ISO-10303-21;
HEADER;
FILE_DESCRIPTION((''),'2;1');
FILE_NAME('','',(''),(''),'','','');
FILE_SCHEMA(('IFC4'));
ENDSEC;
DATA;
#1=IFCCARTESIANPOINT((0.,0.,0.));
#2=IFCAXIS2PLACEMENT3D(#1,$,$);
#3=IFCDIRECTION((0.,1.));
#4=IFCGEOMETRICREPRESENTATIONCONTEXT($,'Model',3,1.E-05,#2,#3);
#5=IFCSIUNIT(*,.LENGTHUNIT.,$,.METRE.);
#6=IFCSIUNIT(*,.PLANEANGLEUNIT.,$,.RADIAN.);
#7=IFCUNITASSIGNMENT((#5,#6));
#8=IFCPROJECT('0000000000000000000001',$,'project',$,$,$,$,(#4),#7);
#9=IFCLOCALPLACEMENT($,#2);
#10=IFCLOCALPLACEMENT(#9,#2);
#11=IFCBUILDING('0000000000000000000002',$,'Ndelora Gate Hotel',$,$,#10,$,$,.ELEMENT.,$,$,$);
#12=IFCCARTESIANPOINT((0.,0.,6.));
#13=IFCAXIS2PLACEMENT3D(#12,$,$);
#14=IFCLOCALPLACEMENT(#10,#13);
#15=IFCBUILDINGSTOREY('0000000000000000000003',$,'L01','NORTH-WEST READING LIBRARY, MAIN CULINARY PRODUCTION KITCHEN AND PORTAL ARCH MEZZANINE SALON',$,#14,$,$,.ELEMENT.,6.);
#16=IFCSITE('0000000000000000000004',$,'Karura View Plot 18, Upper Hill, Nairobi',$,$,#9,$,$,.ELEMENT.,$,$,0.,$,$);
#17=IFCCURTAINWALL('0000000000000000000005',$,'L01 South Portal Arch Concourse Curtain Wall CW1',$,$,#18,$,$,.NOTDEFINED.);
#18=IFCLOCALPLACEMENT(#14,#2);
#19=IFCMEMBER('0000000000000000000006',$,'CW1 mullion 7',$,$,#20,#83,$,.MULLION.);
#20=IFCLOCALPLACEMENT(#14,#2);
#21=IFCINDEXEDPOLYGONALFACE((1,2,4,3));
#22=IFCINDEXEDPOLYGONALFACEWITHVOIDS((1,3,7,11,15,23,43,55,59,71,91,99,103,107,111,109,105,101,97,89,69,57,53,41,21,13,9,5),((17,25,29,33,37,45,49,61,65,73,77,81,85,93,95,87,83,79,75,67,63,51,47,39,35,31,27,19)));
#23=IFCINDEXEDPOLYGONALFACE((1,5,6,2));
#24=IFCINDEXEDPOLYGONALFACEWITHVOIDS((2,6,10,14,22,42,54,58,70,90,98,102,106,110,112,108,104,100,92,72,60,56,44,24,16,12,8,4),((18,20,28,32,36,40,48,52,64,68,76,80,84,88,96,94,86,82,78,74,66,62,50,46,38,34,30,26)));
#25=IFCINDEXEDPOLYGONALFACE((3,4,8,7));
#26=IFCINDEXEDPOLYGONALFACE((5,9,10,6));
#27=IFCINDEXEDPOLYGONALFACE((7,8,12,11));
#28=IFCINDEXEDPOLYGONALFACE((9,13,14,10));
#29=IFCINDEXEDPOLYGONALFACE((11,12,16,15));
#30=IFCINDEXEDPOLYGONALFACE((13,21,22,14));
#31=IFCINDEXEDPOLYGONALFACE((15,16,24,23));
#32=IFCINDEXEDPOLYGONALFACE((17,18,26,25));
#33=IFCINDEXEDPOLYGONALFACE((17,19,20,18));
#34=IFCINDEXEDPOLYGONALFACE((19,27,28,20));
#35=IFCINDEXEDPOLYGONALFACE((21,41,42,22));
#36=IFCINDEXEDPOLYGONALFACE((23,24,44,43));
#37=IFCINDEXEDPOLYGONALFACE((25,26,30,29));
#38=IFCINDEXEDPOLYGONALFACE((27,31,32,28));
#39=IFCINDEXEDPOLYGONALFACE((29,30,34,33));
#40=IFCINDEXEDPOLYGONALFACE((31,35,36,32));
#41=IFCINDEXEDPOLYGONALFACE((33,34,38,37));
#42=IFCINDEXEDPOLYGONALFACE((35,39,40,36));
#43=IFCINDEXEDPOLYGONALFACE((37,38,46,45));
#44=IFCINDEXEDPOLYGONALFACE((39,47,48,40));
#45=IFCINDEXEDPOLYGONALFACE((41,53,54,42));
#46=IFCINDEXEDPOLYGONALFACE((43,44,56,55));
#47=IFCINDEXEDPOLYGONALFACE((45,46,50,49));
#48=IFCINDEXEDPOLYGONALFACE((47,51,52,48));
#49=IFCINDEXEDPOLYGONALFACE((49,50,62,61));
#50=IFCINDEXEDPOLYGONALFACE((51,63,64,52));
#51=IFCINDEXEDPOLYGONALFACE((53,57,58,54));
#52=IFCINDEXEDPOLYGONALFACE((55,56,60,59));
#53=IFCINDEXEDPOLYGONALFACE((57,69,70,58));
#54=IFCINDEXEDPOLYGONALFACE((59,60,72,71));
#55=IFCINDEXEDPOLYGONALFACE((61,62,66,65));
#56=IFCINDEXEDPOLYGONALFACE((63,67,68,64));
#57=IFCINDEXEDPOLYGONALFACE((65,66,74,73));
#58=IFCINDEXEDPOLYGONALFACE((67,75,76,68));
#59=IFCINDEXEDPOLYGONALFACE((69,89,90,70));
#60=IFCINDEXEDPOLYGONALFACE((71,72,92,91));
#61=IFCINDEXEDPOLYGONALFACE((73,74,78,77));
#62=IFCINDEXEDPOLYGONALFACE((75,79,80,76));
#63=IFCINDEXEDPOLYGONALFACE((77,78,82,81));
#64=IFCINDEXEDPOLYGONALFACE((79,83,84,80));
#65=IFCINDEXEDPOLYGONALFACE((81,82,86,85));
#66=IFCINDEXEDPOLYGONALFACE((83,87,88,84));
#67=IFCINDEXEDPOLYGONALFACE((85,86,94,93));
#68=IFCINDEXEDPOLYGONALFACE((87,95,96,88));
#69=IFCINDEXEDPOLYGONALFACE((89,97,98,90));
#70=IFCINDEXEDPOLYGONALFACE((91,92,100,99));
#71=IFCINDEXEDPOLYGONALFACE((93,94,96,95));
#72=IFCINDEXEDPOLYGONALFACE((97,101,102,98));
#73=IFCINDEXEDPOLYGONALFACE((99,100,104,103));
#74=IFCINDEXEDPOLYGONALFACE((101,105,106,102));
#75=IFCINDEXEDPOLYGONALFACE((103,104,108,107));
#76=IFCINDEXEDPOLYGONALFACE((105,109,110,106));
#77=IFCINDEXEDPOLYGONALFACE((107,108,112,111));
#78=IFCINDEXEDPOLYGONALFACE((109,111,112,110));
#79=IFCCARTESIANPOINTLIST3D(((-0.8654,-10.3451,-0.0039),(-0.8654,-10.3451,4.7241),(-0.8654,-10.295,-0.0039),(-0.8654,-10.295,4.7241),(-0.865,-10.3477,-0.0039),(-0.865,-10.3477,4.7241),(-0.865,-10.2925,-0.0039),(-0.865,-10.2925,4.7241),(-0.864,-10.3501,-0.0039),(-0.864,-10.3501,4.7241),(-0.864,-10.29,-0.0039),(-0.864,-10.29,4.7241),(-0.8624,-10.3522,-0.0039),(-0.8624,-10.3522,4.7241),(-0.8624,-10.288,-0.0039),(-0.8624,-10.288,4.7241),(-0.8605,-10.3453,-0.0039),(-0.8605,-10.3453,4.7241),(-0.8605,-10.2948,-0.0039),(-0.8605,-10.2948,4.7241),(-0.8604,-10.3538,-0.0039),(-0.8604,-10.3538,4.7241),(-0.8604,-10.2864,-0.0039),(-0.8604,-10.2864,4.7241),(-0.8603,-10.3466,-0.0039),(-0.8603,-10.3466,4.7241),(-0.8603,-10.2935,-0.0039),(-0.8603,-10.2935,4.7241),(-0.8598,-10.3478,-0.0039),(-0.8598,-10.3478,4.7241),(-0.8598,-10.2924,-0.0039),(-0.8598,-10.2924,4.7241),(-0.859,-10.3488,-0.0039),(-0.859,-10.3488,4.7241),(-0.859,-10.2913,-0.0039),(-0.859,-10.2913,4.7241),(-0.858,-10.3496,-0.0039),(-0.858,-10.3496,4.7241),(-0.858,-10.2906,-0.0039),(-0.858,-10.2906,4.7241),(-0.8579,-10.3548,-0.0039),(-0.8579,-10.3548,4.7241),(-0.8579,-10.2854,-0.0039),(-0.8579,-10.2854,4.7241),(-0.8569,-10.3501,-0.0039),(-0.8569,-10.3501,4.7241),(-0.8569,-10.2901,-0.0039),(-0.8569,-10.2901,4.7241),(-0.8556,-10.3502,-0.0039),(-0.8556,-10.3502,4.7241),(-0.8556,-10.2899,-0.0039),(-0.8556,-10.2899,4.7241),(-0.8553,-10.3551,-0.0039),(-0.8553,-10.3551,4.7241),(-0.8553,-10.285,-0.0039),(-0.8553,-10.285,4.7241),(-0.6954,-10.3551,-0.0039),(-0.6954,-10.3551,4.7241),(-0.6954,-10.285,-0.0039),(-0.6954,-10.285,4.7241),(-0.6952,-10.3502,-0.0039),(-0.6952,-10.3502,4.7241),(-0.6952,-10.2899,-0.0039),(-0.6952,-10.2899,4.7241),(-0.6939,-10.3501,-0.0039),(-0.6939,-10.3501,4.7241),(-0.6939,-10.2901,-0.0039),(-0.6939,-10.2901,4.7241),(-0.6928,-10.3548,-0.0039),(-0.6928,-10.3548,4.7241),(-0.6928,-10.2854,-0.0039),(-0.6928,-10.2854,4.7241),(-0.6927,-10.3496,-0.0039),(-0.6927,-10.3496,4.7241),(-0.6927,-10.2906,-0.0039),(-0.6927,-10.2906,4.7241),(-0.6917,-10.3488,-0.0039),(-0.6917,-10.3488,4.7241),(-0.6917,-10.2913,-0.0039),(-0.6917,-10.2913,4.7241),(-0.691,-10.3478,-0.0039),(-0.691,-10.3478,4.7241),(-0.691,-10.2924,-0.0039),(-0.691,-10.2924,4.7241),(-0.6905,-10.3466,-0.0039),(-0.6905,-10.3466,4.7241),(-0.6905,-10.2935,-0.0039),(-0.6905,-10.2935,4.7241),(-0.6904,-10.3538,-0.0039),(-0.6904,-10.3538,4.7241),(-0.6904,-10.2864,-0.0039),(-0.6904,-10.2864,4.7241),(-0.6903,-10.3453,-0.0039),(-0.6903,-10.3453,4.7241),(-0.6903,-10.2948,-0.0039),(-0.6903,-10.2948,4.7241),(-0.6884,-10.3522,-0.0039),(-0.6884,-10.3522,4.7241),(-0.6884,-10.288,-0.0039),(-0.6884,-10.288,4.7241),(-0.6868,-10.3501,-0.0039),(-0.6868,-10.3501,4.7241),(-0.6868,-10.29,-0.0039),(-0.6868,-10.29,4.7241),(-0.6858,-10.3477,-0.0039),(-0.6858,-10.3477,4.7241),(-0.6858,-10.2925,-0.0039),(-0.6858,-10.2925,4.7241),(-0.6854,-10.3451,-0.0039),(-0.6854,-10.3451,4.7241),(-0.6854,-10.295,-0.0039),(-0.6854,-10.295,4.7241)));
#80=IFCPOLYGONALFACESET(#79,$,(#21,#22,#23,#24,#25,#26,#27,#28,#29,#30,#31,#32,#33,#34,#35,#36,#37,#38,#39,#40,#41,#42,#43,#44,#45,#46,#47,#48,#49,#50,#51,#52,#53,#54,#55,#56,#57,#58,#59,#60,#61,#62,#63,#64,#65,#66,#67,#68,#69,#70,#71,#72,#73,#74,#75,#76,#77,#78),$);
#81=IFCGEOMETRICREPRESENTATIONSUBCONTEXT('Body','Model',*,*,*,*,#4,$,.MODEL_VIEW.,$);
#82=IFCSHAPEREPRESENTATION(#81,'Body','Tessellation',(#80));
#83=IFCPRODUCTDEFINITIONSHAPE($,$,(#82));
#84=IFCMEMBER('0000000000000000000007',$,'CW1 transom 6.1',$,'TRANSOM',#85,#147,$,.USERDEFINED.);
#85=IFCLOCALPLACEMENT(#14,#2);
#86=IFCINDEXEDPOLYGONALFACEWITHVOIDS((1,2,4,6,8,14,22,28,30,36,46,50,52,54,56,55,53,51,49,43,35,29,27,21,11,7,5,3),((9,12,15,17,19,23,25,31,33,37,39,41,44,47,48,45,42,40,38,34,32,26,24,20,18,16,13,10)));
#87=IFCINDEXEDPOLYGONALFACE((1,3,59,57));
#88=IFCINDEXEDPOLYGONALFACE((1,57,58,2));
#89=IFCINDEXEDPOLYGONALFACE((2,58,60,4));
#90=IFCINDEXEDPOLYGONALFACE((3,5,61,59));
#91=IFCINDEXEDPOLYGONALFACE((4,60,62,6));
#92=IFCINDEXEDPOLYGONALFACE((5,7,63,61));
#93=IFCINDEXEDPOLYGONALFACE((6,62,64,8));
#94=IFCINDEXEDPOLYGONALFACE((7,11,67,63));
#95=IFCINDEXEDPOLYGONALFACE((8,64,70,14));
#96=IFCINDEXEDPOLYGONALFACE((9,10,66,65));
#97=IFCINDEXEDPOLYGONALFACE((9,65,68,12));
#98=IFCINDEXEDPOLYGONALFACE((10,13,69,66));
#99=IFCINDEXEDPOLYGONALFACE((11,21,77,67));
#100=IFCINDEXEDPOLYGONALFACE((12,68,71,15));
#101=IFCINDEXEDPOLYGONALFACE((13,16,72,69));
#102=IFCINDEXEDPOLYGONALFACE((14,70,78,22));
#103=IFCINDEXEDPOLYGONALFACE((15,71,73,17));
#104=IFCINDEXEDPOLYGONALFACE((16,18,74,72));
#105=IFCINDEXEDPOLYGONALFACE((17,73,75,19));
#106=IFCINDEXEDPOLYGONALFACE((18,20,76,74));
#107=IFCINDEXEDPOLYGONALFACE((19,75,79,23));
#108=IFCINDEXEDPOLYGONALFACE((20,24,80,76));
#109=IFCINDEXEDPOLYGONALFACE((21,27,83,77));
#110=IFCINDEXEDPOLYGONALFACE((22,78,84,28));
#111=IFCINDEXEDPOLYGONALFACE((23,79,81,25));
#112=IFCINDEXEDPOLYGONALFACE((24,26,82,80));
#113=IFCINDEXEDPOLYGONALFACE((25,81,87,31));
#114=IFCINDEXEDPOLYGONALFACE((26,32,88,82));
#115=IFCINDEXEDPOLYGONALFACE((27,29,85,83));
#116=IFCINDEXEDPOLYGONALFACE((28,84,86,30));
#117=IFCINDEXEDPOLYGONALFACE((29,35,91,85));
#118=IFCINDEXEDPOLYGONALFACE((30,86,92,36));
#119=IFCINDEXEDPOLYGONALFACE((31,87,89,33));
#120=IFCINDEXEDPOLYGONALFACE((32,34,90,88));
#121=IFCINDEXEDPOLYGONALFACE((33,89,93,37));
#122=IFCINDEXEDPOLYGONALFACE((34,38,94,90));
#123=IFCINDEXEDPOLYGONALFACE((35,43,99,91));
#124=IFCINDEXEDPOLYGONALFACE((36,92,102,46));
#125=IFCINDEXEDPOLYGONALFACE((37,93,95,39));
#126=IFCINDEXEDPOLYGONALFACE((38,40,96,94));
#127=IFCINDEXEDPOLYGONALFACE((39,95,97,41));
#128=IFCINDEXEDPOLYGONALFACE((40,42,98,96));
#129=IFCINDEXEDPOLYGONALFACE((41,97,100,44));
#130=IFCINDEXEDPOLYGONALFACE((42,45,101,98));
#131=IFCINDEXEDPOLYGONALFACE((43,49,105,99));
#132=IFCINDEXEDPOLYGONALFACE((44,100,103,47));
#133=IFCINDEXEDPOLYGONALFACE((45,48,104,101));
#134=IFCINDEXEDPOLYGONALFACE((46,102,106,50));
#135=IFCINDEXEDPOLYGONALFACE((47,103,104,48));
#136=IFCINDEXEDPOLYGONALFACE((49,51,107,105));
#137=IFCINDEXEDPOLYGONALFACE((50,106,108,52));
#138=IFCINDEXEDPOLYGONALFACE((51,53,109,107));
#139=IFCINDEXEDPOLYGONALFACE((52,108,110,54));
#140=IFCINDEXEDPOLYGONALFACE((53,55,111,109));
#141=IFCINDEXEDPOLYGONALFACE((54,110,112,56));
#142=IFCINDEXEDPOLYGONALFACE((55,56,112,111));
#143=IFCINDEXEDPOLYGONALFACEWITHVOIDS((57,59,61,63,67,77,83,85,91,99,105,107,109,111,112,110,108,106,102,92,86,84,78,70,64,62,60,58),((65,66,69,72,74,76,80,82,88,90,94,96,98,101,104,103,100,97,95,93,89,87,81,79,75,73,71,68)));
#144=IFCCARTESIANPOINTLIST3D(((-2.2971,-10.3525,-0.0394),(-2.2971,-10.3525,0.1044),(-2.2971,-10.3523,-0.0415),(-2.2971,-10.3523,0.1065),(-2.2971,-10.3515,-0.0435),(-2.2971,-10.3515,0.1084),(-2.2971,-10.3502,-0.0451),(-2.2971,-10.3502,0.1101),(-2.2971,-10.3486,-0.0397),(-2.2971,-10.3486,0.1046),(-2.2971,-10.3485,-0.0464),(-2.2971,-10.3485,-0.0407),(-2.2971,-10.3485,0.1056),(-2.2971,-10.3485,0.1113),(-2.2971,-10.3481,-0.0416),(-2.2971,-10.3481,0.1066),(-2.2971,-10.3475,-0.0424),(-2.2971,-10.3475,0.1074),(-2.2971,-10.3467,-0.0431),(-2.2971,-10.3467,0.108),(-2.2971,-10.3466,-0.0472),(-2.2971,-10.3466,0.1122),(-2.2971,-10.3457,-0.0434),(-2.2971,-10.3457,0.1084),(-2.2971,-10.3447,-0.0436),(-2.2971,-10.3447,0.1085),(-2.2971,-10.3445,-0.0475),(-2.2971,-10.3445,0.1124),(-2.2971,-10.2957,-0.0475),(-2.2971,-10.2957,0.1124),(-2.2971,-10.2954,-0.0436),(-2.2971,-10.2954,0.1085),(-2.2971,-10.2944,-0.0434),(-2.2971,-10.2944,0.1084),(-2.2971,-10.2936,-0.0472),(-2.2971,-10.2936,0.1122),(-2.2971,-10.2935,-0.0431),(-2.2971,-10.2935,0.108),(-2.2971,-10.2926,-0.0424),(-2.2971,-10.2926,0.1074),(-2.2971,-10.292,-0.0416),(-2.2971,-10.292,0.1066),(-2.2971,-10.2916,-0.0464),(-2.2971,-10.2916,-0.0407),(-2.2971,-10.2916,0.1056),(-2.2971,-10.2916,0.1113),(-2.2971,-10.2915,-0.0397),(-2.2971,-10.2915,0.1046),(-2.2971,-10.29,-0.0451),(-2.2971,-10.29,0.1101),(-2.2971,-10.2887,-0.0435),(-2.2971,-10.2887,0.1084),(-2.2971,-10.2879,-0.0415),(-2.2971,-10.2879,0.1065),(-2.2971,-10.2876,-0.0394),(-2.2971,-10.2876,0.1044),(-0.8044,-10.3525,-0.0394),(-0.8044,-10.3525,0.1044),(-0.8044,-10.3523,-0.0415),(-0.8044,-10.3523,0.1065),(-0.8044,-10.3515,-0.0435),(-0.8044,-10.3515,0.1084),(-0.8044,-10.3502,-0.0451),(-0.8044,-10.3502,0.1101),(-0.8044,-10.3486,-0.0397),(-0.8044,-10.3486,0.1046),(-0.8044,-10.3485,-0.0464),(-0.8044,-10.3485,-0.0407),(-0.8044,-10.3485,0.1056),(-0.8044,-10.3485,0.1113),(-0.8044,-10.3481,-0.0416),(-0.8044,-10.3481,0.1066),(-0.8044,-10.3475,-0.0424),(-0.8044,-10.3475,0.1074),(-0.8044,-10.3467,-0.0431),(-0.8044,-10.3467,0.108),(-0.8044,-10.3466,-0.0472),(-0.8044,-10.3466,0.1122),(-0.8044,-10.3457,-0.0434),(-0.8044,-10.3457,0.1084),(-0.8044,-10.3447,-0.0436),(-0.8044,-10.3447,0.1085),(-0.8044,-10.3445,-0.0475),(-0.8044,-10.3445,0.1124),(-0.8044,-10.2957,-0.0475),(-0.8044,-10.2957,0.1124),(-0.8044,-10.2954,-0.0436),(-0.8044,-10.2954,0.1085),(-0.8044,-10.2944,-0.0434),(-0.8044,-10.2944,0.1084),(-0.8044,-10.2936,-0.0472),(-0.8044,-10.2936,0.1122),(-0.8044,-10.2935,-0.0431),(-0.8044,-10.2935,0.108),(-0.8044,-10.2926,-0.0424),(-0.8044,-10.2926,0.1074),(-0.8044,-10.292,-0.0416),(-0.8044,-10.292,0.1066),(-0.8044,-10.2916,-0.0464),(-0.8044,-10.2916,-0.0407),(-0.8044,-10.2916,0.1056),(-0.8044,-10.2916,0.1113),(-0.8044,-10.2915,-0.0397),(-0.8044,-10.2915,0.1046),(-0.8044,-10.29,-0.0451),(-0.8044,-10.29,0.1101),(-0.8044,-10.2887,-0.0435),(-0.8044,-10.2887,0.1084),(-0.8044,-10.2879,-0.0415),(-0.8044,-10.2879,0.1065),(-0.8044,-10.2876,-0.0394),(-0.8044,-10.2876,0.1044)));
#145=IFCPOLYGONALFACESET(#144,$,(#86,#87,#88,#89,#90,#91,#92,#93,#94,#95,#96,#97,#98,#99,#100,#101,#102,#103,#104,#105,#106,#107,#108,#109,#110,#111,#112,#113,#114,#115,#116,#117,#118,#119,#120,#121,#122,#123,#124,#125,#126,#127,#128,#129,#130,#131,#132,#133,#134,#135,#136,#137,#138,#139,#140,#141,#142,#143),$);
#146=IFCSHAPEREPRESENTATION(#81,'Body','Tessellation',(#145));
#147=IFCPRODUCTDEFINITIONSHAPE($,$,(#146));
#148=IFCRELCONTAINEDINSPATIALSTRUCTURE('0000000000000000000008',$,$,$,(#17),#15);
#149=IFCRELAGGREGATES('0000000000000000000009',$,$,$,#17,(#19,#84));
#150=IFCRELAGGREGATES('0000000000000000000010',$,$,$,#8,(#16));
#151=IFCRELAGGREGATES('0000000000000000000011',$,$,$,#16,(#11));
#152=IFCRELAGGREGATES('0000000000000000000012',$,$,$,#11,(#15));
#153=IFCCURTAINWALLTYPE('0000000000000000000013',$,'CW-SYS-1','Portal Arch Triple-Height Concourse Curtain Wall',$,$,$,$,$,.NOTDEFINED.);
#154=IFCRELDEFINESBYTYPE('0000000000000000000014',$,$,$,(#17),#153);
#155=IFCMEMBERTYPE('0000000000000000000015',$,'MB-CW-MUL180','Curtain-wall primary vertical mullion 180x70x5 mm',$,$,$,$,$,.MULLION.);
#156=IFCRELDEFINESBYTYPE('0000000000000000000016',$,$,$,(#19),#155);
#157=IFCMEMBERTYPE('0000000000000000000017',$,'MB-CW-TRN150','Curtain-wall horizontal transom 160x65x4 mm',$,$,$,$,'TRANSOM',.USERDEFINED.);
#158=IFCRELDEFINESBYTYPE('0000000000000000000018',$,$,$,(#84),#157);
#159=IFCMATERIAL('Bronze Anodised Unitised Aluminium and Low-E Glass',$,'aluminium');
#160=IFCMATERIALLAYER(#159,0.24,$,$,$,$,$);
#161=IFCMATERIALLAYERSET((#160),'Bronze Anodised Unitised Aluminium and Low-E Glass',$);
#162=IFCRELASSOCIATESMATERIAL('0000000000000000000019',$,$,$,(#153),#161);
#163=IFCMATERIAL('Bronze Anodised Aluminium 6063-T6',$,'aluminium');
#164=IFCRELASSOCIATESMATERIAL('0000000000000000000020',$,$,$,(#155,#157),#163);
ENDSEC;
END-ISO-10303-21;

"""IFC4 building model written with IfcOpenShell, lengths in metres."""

from ifc_helpers import new_model, si_unit, direction, frame, origin, origin_2d, place, context, subcontext, project, spatial, hollow_rectangle, extrude, material, layer, layer_set, material_profile, profile_set, type_object, element, aggregate, save


model = new_model("IFC4")

# Units and contexts
model_context = context("Model", 3, precision=1e-05, world=origin(), true_north=direction((0.0, 1.0)))
body_context = subcontext(model_context, "Body", "Model", "MODEL_VIEW")
ifc_project = project(units=[si_unit("LENGTHUNIT", "METRE"), si_unit("PLANEANGLEUNIT", "RADIAN")], contexts=[model_context])

# Site, building, storey
site_placement = place(None, origin())
site = spatial("IfcSite", under=ifc_project, at=site_placement, Name="Karura View Plot 18, Upper Hill, Nairobi", CompositionType="ELEMENT", RefElevation=0.0)
building_placement = place(site_placement, origin())
building = spatial("IfcBuilding", under=site, at=building_placement, Name="Ndelora Gate Hotel", CompositionType="ELEMENT")
storey_placement = place(building_placement, frame((0.0, 0.0, 6.0)))
storey = spatial("IfcBuildingStorey", under=building, at=storey_placement, Name="L01", Description="NORTH-WEST READING LIBRARY, MAIN CULINARY PRODUCTION KITCHEN AND PORTAL ARCH MEZZANINE SALON", CompositionType="ELEMENT", Elevation=6.0)

# Curtain wall, members
ifc_material_1 = material(Name="Bronze Anodised Unitised Aluminium and Low-E Glass", Category="aluminium")
ifc_layer_1 = layer(ifc_material_1, 0.24)
ifc_layer_set_1 = layer_set([ifc_layer_1], Name="Bronze Anodised Unitised Aluminium and Low-E Glass")
curtain_wall_type = type_object("IfcCurtainWallType", Name="CW-SYS-1", Description="Portal Arch Triple-Height Concourse Curtain Wall", PredefinedType="NOTDEFINED", material=ifc_layer_set_1)
curtain_wall_placement = place(storey_placement, origin())
curtain_wall = element("IfcCurtainWall", 1, at=curtain_wall_placement, inside=storey, type_object=curtain_wall_type, Name="L01 South Portal Arch Concourse Curtain Wall CW1", PredefinedType="NOTDEFINED")
ifc_material_2 = material(Name="Bronze Anodised Aluminium 6063-T6", Category="aluminium")
ifc_material_profile_1 = material_profile(ifc_material_2, hollow_rectangle(XDim=0.0701, YDim=0.1799, WallThickness=0.0049, InnerFilletRadius=0.0049, OuterFilletRadius=0.01, at=origin_2d()), Name="ALU 180x70x5")
ifc_profile_set_1 = profile_set([ifc_material_profile_1], Name="Bronze Anodised Aluminium 6063-T6")
member_type_1 = type_object("IfcMemberType", Name="MB-CW-MUL180", Description="Curtain-wall primary vertical mullion 180x70x5 mm", PredefinedType="MULLION", material=ifc_profile_set_1)
member_1_placement = place(storey_placement, frame((-0.7754, -10.3201, -0.0039), z_axis=(0.0, 0.0, 1.0), x_axis=(0.0, 1.0, 0.0)))
member_1 = element("IfcMember", 2, at=member_1_placement, type_object=member_type_1, Name="CW1 mullion 7", PredefinedType="MULLION", context=body_context, shape_type="SweptSolid", body=[
    extrude(hollow_rectangle(XDim=0.0701, YDim=0.1799, WallThickness=0.0049, InnerFilletRadius=0.0049, OuterFilletRadius=0.01, at=origin_2d()), origin(), (0.0, 0.0, 1.0), 4.728),
])
ifc_material_profile_2 = material_profile(ifc_material_2, hollow_rectangle(XDim=0.0649, YDim=0.1599, WallThickness=0.0039, InnerFilletRadius=0.0039, OuterFilletRadius=0.0081, at=origin_2d()), Name="ALU 160x65x4")
ifc_profile_set_2 = profile_set([ifc_material_profile_2], Name="Bronze Anodised Aluminium 6063-T6")
member_type_2 = type_object("IfcMemberType", Name="MB-CW-TRN150", Description="Curtain-wall horizontal transom 160x65x4 mm", ElementType="TRANSOM", PredefinedType="USERDEFINED", material=ifc_profile_set_2)
member_2_placement = place(storey_placement, frame((-2.2971, -10.3201, 0.0325), z_axis=(1.0, 0.0, 0.0), x_axis=(0.0, 1.0, 0.0)))
member_2 = element("IfcMember", 3, at=member_2_placement, type_object=member_type_2, Name="CW1 transom 6.1", ObjectType="TRANSOM", PredefinedType="USERDEFINED", context=body_context, shape_type="SweptSolid", body=[
    extrude(hollow_rectangle(XDim=0.0649, YDim=0.1599, WallThickness=0.0039, InnerFilletRadius=0.0039, OuterFilletRadius=0.0081, at=origin_2d()), origin(), (0.0, 0.0, 1.0), 1.4927),
])
aggregate(curtain_wall, [member_1, member_2])

save(model, "model.ifc")
